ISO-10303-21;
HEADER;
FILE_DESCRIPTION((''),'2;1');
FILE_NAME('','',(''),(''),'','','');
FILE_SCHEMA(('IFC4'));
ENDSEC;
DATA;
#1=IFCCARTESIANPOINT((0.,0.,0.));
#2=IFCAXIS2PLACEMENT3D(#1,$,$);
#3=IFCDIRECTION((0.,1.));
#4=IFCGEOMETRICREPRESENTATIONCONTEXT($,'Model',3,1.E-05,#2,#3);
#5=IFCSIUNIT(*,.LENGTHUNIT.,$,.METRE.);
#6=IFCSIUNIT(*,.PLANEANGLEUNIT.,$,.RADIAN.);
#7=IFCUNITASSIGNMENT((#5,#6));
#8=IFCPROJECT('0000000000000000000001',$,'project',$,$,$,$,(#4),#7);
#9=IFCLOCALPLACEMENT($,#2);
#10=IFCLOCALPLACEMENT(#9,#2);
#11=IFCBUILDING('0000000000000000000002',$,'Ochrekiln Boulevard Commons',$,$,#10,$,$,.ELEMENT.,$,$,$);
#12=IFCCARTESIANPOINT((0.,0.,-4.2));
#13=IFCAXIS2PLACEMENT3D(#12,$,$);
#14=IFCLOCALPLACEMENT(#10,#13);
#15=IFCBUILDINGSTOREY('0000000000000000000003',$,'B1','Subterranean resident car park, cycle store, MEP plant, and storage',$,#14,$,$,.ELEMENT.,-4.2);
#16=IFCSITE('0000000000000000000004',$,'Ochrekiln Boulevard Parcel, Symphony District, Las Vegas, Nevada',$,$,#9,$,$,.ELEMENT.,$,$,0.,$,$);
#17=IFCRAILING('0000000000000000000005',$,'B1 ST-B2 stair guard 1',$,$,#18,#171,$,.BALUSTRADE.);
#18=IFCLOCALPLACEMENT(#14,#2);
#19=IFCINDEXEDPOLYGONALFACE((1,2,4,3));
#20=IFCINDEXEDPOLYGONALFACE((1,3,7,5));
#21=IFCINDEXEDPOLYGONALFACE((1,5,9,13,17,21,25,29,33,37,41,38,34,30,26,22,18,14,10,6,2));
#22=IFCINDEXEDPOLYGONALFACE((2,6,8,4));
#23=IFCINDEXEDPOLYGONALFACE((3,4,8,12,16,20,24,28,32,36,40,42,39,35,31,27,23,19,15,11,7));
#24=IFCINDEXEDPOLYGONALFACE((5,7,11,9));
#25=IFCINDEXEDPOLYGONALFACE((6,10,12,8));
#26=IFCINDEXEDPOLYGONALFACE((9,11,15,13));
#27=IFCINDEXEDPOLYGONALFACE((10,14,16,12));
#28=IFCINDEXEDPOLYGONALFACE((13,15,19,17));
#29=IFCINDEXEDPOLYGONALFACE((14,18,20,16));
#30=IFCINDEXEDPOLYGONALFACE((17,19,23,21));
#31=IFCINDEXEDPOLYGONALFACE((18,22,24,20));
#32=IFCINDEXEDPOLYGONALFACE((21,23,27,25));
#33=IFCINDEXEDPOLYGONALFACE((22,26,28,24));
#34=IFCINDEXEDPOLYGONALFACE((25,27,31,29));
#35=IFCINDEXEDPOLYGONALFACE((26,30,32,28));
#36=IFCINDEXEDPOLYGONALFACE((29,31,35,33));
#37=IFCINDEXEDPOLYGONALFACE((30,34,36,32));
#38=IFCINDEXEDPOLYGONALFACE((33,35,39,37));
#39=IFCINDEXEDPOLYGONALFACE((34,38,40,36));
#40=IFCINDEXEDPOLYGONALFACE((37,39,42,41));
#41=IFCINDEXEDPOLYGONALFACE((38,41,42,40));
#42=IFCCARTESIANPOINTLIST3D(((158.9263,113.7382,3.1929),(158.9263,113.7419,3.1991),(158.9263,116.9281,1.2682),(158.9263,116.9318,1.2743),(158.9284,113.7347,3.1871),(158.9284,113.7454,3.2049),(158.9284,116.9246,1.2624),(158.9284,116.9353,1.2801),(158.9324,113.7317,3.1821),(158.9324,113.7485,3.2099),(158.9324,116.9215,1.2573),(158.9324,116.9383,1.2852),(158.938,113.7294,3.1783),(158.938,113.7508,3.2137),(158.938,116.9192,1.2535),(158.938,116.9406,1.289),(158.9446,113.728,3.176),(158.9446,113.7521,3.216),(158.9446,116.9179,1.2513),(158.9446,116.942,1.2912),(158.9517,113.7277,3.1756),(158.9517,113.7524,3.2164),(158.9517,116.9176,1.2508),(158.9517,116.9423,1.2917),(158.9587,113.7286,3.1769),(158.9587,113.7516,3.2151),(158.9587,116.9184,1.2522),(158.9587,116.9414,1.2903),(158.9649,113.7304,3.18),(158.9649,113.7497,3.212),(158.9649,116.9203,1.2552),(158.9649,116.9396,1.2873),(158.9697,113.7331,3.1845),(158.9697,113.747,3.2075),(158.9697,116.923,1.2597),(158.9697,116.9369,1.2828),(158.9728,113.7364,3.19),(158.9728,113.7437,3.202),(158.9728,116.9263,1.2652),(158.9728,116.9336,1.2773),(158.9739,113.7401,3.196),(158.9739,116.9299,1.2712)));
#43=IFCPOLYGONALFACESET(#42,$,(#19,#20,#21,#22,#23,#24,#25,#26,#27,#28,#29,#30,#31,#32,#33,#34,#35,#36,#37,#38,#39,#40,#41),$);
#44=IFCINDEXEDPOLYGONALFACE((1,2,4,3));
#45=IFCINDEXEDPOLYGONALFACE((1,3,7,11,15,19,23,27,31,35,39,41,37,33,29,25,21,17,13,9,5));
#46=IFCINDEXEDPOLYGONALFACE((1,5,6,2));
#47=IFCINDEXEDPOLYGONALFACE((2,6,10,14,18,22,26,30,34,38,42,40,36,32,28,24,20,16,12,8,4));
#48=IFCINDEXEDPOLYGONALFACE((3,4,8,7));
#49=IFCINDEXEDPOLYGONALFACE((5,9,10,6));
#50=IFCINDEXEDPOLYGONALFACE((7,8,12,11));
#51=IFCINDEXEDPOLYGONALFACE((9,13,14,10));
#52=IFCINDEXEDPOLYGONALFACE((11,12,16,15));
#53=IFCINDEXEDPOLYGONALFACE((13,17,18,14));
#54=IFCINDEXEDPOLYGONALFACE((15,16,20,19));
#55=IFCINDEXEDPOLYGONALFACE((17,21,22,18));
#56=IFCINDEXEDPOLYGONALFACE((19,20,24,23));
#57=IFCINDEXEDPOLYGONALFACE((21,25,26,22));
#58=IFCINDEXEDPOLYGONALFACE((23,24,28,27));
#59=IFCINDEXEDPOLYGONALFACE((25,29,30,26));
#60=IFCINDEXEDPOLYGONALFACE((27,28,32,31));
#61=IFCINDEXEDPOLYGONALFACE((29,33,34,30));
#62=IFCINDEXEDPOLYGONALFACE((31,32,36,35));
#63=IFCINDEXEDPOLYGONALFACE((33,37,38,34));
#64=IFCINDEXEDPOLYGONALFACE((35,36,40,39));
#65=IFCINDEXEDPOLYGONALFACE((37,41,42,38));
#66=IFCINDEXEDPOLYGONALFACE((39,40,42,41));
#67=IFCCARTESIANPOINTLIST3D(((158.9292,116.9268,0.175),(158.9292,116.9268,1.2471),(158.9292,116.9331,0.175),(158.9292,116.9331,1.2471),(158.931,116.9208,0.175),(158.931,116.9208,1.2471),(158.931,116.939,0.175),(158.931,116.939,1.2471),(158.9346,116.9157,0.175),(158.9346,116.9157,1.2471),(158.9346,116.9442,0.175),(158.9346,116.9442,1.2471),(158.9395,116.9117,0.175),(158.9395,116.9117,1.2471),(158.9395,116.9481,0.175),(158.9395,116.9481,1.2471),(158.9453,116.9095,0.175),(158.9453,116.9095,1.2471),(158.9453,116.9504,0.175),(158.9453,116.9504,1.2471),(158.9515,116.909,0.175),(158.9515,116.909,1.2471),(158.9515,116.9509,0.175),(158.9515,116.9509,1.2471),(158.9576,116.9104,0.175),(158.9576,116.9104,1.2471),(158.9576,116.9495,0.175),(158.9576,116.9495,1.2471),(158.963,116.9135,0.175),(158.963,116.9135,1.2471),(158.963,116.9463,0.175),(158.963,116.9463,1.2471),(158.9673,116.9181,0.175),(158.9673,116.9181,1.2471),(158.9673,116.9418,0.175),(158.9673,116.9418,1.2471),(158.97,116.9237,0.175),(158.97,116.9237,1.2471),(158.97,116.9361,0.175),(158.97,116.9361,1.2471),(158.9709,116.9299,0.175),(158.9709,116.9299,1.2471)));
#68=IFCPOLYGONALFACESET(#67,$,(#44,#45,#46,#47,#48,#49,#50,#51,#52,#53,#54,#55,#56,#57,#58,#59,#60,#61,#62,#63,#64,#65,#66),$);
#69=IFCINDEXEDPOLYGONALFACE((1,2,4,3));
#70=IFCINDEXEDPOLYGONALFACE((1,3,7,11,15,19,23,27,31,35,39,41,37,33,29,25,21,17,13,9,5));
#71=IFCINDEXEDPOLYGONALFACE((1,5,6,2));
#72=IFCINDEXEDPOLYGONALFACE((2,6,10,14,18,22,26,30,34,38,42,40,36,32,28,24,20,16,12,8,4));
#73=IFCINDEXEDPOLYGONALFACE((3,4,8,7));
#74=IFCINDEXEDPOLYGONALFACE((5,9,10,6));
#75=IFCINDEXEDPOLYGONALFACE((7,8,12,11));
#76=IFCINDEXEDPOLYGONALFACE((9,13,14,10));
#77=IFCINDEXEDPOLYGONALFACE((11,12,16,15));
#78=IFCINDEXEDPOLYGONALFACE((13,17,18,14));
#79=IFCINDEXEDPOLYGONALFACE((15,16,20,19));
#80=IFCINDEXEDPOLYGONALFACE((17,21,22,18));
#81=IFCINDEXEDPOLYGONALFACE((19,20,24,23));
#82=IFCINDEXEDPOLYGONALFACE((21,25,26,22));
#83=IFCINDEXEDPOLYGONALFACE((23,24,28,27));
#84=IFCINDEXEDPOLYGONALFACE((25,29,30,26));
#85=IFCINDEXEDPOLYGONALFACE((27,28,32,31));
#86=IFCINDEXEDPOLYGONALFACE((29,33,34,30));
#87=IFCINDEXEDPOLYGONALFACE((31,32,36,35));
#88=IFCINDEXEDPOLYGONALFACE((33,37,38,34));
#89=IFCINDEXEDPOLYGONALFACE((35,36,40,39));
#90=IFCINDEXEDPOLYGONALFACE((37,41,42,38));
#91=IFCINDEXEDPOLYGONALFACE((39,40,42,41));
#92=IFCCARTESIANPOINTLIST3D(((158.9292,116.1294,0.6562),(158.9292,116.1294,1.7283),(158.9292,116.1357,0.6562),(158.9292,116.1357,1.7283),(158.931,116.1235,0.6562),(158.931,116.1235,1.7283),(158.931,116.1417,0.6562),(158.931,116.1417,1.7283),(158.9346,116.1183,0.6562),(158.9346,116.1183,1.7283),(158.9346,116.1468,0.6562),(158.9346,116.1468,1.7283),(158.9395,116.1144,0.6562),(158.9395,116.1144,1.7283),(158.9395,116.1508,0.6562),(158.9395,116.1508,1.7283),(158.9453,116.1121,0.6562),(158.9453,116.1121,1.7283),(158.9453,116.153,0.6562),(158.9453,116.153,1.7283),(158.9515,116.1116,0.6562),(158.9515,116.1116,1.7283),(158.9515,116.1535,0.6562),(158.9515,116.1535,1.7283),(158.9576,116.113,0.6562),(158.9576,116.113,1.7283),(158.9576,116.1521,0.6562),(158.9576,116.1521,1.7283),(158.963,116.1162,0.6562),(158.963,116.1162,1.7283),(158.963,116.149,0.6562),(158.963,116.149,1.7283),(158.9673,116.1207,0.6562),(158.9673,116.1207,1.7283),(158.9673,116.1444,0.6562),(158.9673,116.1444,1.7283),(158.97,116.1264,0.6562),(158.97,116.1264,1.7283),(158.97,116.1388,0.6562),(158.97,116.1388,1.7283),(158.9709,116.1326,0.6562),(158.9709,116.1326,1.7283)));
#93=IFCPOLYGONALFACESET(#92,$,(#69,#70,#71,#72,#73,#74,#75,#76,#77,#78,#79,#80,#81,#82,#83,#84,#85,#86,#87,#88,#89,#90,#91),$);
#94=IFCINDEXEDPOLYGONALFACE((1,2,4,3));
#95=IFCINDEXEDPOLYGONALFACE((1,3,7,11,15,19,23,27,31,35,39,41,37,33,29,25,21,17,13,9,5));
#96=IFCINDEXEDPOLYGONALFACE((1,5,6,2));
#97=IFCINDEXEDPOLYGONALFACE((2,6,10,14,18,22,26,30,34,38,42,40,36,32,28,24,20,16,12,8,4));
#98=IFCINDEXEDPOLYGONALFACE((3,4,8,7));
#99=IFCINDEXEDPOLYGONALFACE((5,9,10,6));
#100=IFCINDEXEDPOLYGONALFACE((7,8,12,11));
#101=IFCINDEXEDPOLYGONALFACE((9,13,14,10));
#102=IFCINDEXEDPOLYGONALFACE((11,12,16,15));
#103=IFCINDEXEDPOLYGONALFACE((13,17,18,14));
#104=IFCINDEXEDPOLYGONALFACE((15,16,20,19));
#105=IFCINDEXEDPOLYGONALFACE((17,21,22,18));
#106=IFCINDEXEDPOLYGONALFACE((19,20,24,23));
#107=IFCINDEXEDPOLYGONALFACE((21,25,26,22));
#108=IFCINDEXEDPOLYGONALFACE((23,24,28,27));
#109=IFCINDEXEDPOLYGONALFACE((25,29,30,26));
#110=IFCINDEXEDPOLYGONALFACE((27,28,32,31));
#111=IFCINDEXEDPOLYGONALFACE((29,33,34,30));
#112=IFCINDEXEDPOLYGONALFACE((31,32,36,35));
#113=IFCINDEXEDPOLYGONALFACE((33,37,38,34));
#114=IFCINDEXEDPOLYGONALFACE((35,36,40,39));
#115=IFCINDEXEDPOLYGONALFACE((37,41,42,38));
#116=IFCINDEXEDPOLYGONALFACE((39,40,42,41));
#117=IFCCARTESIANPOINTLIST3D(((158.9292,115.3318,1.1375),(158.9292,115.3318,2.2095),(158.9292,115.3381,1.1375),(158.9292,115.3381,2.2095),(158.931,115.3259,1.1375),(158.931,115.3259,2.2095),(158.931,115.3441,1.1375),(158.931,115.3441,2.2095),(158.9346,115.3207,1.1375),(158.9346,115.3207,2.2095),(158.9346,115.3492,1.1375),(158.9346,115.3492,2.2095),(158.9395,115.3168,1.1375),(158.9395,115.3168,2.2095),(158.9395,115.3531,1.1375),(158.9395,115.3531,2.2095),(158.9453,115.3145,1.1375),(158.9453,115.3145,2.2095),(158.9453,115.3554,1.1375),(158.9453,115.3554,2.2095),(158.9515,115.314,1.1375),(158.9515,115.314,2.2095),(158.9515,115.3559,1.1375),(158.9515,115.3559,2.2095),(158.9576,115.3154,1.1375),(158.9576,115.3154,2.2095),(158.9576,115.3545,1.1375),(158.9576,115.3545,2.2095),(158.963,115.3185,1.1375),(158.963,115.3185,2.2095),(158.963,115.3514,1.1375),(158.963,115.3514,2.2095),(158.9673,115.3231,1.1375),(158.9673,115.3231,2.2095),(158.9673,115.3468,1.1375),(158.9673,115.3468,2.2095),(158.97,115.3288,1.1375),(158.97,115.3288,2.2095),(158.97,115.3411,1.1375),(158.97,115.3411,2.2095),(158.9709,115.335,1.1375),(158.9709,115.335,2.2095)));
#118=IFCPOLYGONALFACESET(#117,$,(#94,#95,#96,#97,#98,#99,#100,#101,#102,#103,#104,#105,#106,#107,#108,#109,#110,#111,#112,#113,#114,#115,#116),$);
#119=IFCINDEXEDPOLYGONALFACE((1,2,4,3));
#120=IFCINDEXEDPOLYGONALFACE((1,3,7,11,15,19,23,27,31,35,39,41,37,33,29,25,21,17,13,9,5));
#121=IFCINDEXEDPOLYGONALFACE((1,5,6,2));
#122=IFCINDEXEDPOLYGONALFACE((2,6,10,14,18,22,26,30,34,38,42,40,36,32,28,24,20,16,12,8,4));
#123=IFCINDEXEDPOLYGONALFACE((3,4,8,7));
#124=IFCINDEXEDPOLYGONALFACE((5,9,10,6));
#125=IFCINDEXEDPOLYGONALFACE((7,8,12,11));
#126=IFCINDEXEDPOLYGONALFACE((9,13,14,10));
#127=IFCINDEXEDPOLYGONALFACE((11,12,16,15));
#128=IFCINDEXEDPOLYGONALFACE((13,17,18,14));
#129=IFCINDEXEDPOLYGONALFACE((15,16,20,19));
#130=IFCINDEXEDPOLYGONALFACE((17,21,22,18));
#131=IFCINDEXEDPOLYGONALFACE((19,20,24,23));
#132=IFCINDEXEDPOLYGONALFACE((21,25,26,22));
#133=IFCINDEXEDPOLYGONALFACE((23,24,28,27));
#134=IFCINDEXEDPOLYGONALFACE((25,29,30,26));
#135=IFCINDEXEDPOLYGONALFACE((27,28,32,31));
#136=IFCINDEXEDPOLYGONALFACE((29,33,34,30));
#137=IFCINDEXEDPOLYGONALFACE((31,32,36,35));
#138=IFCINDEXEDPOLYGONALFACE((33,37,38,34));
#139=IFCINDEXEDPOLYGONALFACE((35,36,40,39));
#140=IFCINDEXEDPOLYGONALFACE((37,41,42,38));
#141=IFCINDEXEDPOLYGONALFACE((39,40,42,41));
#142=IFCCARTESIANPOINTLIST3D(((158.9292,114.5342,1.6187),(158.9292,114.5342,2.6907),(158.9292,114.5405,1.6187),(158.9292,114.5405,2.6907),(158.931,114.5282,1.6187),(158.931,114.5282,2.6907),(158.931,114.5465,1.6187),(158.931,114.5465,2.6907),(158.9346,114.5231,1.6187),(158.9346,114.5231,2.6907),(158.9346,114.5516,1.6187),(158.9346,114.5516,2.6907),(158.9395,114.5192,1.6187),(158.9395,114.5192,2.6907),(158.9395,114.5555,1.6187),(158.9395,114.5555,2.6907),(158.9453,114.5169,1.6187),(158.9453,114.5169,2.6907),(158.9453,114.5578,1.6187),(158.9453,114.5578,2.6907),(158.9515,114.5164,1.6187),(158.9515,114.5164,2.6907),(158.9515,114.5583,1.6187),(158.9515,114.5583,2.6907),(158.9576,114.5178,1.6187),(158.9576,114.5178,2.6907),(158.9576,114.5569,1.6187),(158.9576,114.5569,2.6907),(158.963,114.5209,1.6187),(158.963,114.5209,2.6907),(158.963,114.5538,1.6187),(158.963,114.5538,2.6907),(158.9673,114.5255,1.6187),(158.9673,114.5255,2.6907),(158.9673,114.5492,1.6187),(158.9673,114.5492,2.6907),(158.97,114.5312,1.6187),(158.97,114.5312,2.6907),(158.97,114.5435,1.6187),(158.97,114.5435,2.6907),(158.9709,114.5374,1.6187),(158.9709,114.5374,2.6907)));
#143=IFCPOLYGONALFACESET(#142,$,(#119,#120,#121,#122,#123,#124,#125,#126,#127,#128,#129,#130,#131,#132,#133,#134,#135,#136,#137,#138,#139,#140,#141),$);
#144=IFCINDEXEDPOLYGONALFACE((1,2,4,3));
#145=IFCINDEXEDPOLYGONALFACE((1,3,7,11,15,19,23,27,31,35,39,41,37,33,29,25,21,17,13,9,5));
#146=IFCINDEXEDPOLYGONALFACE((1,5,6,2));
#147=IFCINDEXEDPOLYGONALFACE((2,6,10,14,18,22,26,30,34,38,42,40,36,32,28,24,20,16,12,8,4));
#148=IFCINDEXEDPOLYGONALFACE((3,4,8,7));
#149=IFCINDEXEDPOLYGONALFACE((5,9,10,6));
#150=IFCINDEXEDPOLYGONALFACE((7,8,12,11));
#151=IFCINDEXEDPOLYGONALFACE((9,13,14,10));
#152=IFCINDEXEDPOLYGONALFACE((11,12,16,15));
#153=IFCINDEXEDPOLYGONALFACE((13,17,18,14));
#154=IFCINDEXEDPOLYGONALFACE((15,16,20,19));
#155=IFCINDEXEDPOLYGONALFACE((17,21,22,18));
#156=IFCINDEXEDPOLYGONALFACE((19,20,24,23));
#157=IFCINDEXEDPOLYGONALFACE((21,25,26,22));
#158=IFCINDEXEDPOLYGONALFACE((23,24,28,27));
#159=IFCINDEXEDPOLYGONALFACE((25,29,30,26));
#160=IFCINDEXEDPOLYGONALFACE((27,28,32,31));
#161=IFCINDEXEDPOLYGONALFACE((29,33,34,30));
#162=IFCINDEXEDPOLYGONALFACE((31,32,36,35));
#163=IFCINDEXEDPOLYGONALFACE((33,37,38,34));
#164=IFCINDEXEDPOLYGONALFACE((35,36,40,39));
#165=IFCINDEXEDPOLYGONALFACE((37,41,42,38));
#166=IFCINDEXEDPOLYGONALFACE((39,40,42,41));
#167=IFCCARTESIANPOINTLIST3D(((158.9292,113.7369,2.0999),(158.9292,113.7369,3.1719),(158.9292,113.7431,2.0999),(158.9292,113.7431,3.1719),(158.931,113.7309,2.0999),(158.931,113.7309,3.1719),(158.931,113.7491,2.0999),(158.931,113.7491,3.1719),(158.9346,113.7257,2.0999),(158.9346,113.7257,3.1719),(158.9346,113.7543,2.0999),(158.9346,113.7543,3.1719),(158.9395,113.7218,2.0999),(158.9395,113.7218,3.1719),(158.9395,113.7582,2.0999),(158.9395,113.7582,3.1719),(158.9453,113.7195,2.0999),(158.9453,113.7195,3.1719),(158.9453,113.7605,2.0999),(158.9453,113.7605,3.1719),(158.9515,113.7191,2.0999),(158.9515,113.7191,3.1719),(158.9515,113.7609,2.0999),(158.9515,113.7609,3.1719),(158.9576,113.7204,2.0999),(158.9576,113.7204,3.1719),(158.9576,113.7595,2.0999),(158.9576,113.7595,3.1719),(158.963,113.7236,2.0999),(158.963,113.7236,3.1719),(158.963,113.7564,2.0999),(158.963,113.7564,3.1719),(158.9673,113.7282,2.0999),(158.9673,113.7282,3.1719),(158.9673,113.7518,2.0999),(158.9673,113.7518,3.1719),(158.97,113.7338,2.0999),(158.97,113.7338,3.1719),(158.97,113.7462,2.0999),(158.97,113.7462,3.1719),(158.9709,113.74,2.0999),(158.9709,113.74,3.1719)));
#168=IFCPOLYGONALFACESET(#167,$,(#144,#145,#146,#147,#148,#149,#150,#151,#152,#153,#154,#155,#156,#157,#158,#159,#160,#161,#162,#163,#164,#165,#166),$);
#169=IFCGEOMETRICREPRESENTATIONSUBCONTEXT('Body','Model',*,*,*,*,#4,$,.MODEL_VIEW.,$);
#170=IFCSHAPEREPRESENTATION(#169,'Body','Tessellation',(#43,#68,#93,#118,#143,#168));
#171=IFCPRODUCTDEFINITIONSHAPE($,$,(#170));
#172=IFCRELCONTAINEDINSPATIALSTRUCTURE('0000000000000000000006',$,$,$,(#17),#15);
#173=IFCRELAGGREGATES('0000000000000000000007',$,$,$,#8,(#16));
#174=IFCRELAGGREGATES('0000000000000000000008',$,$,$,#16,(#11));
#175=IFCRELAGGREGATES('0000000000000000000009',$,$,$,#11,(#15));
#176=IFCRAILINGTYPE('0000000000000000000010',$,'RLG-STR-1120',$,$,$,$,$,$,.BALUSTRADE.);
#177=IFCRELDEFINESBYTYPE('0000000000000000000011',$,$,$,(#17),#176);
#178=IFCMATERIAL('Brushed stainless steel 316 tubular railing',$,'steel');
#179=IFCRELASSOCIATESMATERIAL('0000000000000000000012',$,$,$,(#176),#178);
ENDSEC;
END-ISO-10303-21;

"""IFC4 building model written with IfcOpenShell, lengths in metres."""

from ifc_helpers import new_model, si_unit, direction, frame, origin, origin_2d, place, context, subcontext, project, spatial, circle, extrude, material, type_object, element, save


model = new_model("IFC4")

# Units and contexts
model_context = context("Model", 3, precision=1e-05, world=origin(), true_north=direction((0.0, 1.0)))
body_context = subcontext(model_context, "Body", "Model", "MODEL_VIEW")
ifc_project = project(units=[si_unit("LENGTHUNIT", "METRE"), si_unit("PLANEANGLEUNIT", "RADIAN")], contexts=[model_context])

# Site, building, storey
site_placement = place(None, origin())
site = spatial("IfcSite", under=ifc_project, at=site_placement, Name="Ochrekiln Boulevard Parcel, Symphony District, Las Vegas, Nevada", CompositionType="ELEMENT", RefElevation=0.0)
building_placement = place(site_placement, origin())
building = spatial("IfcBuilding", under=site, at=building_placement, Name="Ochrekiln Boulevard Commons", CompositionType="ELEMENT")
storey_placement = place(building_placement, frame((0.0, 0.0, -4.2)))
storey = spatial("IfcBuildingStorey", under=building, at=storey_placement, Name="B1", Description="Subterranean resident car park, cycle store, MEP plant, and storage", CompositionType="ELEMENT", Elevation=-4.2)

# Railing
ifc_material_1 = material(Name="Brushed stainless steel 316 tubular railing", Category="steel")
railing_type_1 = type_object("IfcRailingType", Name="RLG-STR-1120", PredefinedType="BALUSTRADE", material=ifc_material_1)
railing_1_placement = place(storey_placement, frame((158.95, 116.9299, 0.175)))
element("IfcRailing", 1, at=railing_1_placement, inside=storey, type_object=railing_type_1, Name="B1 ST-B2 stair guard 1", PredefinedType="BALUSTRADE", context=body_context, shape_type="SweptSolid", body=[
    extrude(circle(Radius=0.0239, at=origin_2d()), frame((0.0, 0.0, 1.0962), z_axis=(0.0, -0.856207, 0.516633), x_axis=(1.0, 0.0, 0.0)), (0.0, 0.0, 1.0), 3.7256),
    extrude(circle(Radius=0.021, at=origin_2d()), origin(), (0.0, 0.0, 1.0), 1.072),
    extrude(circle(Radius=0.021, at=origin_2d()), frame((0.0, -0.7974, 0.4812)), (0.0, 0.0, 1.0), 1.072),
    extrude(circle(Radius=0.021, at=origin_2d()), frame((0.0, -1.595, 0.9624)), (0.0, 0.0, 1.0), 1.072),
    extrude(circle(Radius=0.021, at=origin_2d()), frame((0.0, -2.3926, 1.4436)), (0.0, 0.0, 1.0), 1.072),
    extrude(circle(Radius=0.021, at=origin_2d()), frame((0.0, -3.1899, 1.9248)), (0.0, 0.0, 1.0), 1.072),
])

save(model, "model.ifc")
